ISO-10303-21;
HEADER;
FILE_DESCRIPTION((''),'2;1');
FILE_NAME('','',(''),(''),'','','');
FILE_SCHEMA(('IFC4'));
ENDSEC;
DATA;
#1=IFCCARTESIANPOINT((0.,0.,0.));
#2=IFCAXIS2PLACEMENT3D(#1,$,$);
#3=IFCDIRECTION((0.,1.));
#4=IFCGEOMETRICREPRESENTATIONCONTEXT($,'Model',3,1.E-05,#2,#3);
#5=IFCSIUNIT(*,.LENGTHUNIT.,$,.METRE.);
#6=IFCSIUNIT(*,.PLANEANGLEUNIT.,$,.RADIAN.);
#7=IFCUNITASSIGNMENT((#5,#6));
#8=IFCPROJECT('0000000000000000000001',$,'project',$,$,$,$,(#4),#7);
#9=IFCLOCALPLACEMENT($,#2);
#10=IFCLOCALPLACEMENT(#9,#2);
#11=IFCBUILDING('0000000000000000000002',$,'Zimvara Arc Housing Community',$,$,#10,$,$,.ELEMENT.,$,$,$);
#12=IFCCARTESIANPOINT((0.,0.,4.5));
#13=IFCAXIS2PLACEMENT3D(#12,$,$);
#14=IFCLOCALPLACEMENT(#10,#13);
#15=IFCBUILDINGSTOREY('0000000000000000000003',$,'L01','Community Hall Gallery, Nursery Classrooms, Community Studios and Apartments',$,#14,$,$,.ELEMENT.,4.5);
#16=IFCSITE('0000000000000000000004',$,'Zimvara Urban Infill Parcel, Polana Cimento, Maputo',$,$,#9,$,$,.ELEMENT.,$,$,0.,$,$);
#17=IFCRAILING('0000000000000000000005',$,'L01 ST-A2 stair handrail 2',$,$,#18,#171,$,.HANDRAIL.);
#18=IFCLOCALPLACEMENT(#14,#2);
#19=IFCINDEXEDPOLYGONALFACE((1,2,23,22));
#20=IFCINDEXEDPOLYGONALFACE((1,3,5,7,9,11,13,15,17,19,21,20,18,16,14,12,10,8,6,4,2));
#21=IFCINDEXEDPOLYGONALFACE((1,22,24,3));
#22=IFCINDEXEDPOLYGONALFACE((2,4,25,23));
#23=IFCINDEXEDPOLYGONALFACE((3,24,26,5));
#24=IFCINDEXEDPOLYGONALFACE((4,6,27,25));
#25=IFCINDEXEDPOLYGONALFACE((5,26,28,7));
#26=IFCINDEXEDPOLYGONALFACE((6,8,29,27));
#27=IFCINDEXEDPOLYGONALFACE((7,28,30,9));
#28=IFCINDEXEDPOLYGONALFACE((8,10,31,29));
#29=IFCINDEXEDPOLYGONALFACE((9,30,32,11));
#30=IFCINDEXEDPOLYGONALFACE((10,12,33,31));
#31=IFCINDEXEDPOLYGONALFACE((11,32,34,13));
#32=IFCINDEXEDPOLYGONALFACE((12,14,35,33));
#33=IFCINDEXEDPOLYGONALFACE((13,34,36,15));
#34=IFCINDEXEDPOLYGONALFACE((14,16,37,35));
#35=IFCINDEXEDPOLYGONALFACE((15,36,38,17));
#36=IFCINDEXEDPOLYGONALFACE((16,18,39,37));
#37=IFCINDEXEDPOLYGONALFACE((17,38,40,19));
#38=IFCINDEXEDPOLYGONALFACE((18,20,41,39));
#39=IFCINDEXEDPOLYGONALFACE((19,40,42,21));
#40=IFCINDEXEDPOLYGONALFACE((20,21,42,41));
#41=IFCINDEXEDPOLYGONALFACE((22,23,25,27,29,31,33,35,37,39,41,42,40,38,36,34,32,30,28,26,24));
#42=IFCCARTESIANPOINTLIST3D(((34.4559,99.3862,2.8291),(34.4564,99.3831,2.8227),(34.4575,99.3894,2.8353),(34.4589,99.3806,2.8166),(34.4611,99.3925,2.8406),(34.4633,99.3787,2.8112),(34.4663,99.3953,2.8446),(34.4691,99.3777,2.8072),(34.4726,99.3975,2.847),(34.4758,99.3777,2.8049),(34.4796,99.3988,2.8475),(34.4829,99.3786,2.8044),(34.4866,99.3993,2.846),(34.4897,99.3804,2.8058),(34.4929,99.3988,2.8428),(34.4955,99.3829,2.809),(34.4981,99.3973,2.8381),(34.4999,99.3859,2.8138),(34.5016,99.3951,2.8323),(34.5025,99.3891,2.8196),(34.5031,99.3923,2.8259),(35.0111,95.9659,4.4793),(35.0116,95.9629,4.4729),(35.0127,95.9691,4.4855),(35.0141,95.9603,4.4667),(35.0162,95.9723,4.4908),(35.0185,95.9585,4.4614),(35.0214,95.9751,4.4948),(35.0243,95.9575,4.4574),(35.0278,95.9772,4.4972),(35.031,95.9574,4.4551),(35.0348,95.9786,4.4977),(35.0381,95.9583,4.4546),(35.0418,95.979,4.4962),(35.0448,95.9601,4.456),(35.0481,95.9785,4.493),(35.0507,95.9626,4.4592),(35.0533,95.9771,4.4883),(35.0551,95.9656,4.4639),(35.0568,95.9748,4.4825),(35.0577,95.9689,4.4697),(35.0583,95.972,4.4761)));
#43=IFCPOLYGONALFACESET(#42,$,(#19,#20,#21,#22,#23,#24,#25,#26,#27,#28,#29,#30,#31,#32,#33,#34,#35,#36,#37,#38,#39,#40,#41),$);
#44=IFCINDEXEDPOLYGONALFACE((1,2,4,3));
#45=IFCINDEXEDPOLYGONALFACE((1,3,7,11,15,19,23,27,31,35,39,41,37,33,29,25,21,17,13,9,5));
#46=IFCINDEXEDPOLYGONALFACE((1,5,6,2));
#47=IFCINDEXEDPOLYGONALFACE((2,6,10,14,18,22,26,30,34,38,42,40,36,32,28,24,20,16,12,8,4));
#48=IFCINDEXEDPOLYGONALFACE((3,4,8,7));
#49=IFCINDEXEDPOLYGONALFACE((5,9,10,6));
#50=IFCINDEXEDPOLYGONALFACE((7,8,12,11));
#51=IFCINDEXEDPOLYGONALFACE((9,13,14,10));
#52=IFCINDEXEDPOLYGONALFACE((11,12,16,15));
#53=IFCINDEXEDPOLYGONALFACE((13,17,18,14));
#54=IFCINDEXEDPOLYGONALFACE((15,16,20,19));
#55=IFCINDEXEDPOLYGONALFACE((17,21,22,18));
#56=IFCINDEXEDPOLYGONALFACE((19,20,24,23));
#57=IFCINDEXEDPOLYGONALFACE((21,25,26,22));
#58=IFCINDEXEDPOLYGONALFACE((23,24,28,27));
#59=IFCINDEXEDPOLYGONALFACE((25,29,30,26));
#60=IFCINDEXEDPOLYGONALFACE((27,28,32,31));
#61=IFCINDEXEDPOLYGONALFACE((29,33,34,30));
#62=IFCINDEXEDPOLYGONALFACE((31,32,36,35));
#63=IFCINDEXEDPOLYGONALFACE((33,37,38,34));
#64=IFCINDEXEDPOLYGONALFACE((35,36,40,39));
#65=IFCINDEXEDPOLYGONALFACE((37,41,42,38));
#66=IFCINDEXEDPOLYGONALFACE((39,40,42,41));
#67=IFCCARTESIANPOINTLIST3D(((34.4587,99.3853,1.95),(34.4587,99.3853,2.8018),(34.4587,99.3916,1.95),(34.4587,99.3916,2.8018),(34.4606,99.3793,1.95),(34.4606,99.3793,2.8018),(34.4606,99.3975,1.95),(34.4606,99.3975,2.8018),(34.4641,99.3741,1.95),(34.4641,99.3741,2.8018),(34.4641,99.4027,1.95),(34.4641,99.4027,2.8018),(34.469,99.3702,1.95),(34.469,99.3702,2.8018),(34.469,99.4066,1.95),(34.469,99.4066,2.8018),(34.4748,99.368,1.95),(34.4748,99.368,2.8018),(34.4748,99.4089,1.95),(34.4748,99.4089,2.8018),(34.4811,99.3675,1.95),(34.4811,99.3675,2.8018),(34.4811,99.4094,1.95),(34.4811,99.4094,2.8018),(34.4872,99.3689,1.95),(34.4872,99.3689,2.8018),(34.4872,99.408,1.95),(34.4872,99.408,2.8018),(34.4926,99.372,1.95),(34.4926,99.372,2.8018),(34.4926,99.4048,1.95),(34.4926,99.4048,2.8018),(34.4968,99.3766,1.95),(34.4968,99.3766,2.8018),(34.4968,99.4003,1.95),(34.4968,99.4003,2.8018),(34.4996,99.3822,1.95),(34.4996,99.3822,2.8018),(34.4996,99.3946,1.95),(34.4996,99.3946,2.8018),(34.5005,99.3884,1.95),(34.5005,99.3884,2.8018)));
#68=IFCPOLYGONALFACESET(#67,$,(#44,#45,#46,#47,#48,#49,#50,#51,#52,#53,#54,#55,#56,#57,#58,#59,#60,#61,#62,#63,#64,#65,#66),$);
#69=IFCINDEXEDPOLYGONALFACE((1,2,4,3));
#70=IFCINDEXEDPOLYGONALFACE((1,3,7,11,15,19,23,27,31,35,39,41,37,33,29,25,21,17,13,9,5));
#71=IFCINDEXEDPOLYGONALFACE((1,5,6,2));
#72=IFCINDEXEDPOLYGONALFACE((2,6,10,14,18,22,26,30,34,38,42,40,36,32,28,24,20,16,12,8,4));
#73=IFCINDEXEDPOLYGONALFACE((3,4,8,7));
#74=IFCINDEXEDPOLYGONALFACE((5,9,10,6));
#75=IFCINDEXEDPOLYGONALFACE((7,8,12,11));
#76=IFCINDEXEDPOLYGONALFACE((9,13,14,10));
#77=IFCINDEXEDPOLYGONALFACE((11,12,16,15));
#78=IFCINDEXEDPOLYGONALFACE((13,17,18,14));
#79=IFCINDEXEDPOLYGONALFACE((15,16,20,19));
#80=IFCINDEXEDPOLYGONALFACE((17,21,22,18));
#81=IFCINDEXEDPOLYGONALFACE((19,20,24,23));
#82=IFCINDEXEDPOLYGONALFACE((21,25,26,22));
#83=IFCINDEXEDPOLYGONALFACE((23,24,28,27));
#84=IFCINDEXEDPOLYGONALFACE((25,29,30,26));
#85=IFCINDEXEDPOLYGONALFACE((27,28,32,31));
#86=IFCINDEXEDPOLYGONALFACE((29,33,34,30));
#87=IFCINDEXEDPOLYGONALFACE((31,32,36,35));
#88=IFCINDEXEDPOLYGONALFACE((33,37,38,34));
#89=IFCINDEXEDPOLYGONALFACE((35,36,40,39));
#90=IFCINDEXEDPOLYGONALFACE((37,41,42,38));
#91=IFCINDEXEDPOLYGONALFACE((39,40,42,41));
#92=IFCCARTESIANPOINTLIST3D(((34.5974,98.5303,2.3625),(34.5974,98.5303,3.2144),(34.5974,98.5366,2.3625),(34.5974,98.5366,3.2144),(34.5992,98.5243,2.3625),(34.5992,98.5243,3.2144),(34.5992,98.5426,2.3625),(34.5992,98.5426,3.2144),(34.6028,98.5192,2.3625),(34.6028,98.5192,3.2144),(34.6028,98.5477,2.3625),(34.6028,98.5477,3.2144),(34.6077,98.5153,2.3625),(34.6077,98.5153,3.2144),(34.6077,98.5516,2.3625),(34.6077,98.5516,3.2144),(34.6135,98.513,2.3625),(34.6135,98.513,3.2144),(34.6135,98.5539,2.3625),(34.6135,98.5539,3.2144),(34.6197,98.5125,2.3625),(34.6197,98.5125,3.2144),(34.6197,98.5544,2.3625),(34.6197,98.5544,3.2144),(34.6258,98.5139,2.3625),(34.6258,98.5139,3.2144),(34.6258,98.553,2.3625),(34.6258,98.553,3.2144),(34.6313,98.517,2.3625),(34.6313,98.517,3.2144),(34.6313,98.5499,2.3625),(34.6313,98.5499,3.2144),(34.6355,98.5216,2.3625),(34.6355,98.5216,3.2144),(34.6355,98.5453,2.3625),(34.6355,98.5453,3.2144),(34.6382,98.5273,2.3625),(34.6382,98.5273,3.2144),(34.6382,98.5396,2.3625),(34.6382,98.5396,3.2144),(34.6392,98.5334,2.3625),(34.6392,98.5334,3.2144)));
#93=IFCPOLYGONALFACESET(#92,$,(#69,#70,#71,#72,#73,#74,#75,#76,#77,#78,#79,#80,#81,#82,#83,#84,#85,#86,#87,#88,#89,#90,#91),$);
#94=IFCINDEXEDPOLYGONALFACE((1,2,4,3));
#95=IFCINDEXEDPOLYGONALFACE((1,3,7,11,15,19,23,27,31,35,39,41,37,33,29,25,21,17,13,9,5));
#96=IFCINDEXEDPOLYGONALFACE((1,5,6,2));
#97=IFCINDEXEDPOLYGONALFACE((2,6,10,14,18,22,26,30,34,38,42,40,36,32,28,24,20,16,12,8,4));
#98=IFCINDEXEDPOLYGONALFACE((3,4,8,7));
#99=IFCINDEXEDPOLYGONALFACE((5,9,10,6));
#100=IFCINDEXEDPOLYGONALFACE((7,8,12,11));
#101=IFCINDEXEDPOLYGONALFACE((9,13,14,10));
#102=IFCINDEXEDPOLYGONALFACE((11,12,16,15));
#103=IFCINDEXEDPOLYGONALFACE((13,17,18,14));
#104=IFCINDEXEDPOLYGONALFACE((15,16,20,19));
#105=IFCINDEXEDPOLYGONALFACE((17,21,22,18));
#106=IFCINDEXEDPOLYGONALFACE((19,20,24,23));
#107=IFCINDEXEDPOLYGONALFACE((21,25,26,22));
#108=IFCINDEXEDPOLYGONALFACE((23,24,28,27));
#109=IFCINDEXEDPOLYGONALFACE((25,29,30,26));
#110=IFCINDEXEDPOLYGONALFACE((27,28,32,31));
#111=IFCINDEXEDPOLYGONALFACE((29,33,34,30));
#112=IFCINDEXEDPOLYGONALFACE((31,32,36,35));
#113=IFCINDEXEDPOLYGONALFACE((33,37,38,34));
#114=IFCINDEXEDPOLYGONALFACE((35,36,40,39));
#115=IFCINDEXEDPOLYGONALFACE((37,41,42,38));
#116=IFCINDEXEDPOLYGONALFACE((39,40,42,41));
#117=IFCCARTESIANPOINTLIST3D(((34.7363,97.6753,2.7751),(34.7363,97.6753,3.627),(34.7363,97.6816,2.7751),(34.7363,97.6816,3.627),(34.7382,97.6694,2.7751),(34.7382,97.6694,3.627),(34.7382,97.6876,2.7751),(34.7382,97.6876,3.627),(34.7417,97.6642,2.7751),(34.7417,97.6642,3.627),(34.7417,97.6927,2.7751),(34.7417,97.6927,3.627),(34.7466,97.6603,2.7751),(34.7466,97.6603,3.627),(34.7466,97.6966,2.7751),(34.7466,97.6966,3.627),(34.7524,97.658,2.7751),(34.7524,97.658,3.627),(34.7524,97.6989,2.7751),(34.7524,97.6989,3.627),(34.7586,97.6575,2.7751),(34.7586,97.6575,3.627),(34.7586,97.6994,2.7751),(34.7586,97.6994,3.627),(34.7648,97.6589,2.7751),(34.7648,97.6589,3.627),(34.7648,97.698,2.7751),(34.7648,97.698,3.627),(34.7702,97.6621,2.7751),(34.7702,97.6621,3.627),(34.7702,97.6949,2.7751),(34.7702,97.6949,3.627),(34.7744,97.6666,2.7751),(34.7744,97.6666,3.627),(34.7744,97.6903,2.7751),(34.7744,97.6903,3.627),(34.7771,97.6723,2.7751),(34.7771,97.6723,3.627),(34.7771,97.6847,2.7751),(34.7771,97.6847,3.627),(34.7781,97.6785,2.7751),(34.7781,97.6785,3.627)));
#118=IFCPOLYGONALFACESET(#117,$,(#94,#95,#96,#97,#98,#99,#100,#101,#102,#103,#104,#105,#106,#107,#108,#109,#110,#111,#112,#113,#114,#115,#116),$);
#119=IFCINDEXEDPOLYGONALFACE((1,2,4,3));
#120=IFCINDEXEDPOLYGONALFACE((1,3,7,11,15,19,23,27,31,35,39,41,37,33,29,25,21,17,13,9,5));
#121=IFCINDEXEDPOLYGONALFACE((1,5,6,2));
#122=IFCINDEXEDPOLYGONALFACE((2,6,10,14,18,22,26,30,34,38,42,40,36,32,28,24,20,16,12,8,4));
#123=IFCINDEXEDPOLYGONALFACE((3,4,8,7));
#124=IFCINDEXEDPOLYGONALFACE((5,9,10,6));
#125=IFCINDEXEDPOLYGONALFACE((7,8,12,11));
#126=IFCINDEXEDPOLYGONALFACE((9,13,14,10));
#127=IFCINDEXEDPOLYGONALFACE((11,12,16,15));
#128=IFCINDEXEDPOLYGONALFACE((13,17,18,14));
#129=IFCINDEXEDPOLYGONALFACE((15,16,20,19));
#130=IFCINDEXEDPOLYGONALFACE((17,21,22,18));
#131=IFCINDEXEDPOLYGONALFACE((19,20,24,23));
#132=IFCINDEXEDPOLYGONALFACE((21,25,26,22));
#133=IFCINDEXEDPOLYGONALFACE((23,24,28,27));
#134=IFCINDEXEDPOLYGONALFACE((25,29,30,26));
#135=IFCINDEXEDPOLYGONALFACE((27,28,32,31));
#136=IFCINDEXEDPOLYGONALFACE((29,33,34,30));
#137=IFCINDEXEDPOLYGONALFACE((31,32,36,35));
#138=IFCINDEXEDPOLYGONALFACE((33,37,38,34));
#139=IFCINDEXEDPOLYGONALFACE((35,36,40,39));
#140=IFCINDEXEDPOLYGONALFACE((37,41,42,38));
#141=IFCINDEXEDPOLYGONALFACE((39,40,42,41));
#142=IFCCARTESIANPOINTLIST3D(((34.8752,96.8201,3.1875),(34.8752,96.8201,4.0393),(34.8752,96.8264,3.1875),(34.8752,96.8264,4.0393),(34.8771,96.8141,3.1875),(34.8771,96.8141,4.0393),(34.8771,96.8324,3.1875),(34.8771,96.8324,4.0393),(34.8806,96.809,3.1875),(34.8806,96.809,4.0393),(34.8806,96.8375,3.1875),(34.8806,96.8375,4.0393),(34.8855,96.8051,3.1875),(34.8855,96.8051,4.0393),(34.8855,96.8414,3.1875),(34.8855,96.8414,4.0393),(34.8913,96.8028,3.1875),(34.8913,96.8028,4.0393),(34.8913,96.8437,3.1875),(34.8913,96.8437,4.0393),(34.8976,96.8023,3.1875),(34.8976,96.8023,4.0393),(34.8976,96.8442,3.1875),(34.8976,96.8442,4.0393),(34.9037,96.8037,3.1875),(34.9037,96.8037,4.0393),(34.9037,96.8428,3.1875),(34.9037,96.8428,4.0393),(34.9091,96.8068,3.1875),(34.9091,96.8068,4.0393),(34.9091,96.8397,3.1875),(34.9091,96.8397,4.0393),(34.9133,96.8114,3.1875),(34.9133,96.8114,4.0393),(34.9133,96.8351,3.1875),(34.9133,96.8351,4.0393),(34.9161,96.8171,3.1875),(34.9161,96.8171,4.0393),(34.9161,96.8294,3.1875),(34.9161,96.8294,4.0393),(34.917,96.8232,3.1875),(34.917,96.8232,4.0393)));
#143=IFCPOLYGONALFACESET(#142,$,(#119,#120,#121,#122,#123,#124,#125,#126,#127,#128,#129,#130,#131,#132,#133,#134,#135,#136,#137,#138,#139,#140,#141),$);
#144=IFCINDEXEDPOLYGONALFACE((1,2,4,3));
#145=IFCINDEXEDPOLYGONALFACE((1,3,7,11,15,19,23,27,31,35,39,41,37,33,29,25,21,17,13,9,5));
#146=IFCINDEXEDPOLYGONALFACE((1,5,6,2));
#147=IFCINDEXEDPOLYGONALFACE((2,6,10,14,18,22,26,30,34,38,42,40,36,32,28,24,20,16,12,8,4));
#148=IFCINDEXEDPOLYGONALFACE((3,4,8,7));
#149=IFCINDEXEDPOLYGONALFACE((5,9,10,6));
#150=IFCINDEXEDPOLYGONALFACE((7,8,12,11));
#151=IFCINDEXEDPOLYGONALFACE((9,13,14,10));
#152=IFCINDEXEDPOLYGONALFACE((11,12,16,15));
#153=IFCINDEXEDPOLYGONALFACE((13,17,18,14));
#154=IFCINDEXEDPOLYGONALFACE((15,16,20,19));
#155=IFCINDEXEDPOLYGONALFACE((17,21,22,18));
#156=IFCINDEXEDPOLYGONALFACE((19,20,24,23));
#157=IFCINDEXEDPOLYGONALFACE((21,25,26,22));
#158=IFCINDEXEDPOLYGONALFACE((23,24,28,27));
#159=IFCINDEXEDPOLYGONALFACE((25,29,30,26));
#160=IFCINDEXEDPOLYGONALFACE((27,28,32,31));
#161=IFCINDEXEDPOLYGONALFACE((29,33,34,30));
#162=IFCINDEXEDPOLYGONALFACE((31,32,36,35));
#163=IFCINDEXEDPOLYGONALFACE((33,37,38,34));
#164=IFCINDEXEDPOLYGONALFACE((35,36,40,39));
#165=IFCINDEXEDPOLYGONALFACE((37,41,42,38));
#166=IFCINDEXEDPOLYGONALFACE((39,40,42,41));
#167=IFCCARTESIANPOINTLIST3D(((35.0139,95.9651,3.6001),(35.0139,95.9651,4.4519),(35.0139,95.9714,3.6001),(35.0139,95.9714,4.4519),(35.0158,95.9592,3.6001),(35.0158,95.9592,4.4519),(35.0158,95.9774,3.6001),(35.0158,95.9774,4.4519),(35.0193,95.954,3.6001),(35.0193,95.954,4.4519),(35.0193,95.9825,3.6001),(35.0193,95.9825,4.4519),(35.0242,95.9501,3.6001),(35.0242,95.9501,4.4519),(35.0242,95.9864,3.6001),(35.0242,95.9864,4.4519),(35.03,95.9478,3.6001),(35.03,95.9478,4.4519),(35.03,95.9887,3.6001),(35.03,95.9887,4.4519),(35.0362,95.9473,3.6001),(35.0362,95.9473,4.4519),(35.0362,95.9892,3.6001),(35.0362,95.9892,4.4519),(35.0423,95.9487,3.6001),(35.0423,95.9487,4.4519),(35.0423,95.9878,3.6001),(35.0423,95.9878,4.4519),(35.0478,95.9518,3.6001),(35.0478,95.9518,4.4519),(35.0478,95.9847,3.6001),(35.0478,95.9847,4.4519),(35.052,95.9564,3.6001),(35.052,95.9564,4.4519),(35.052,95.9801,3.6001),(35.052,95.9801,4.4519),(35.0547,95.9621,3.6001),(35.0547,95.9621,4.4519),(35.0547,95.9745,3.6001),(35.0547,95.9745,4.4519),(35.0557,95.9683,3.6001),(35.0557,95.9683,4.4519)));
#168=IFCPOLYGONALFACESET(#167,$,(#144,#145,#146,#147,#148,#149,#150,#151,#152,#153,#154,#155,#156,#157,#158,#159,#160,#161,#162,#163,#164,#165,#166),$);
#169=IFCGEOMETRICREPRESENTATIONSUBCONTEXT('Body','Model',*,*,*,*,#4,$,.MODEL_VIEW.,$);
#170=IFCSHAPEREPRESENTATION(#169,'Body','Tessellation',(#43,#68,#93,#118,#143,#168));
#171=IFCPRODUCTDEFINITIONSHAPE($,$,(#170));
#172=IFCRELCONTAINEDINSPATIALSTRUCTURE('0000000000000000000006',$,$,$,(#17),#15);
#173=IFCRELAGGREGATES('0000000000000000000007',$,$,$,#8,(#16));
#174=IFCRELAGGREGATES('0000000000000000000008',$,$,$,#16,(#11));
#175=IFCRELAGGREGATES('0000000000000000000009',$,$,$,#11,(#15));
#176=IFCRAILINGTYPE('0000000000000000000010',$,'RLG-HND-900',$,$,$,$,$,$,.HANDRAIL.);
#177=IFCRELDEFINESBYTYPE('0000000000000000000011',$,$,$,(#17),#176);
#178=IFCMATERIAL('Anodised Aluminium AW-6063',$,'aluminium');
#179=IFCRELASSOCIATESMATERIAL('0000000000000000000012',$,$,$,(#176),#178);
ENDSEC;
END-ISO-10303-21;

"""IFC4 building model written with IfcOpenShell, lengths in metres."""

from ifc_helpers import new_model, si_unit, direction, frame, origin, origin_2d, place, context, subcontext, project, spatial, circle, extrude, material, type_object, element, save


model = new_model("IFC4")

# Units and contexts
model_context = context("Model", 3, precision=1e-05, world=origin(), true_north=direction((0.0, 1.0)))
body_context = subcontext(model_context, "Body", "Model", "MODEL_VIEW")
ifc_project = project(units=[si_unit("LENGTHUNIT", "METRE"), si_unit("PLANEANGLEUNIT", "RADIAN")], contexts=[model_context])

# Site, building, storey
site_placement = place(None, origin())
site = spatial("IfcSite", under=ifc_project, at=site_placement, Name="Zimvara Urban Infill Parcel, Polana Cimento, Maputo", CompositionType="ELEMENT", RefElevation=0.0)
building_placement = place(site_placement, origin())
building = spatial("IfcBuilding", under=site, at=building_placement, Name="Zimvara Arc Housing Community", CompositionType="ELEMENT")
storey_placement = place(building_placement, frame((0.0, 0.0, 4.5)))
storey = spatial("IfcBuildingStorey", under=building, at=storey_placement, Name="L01", Description="Community Hall Gallery, Nursery Classrooms, Community Studios and Apartments", CompositionType="ELEMENT", Elevation=4.5)

# Railing
ifc_material_1 = material(Name="Anodised Aluminium AW-6063", Category="aluminium")
railing_type_1 = type_object("IfcRailingType", Name="RLG-HND-900", PredefinedType="HANDRAIL", material=ifc_material_1)
railing_1_placement = place(storey_placement, frame((34.4795, 99.3884, 1.95)))
element("IfcRailing", 1, at=railing_1_placement, inside=storey, type_object=railing_type_1, Name="L01 ST-A2 stair handrail 2", PredefinedType="HANDRAIL", context=body_context, shape_type="SweptSolid", body=[
    extrude(circle(Radius=0.0239, at=origin_2d()), frame((0.0, 0.0, 0.876), z_axis=(0.14466, -0.891178, 0.429972), x_axis=(0.98708, 0.160227, 0.0)), (0.0, 0.0, 1.0), 3.8379),
    extrude(circle(Radius=0.021, at=origin_2d()), origin(), (0.0, 0.0, 1.0), 0.8518),
    extrude(circle(Radius=0.021, at=origin_2d()), frame((0.1387, -0.855, 0.4126)), (0.0, 0.0, 1.0), 0.8518),
    extrude(circle(Radius=0.021, at=origin_2d()), frame((0.2776, -1.71, 0.8252)), (0.0, 0.0, 1.0), 0.8518),
    extrude(circle(Radius=0.021, at=origin_2d()), frame((0.4165, -2.5652, 1.2375)), (0.0, 0.0, 1.0), 0.8518),
    extrude(circle(Radius=0.021, at=origin_2d()), frame((0.5552, -3.4202, 1.6501)), (0.0, 0.0, 1.0), 0.8518),
])

save(model, "model.ifc")
